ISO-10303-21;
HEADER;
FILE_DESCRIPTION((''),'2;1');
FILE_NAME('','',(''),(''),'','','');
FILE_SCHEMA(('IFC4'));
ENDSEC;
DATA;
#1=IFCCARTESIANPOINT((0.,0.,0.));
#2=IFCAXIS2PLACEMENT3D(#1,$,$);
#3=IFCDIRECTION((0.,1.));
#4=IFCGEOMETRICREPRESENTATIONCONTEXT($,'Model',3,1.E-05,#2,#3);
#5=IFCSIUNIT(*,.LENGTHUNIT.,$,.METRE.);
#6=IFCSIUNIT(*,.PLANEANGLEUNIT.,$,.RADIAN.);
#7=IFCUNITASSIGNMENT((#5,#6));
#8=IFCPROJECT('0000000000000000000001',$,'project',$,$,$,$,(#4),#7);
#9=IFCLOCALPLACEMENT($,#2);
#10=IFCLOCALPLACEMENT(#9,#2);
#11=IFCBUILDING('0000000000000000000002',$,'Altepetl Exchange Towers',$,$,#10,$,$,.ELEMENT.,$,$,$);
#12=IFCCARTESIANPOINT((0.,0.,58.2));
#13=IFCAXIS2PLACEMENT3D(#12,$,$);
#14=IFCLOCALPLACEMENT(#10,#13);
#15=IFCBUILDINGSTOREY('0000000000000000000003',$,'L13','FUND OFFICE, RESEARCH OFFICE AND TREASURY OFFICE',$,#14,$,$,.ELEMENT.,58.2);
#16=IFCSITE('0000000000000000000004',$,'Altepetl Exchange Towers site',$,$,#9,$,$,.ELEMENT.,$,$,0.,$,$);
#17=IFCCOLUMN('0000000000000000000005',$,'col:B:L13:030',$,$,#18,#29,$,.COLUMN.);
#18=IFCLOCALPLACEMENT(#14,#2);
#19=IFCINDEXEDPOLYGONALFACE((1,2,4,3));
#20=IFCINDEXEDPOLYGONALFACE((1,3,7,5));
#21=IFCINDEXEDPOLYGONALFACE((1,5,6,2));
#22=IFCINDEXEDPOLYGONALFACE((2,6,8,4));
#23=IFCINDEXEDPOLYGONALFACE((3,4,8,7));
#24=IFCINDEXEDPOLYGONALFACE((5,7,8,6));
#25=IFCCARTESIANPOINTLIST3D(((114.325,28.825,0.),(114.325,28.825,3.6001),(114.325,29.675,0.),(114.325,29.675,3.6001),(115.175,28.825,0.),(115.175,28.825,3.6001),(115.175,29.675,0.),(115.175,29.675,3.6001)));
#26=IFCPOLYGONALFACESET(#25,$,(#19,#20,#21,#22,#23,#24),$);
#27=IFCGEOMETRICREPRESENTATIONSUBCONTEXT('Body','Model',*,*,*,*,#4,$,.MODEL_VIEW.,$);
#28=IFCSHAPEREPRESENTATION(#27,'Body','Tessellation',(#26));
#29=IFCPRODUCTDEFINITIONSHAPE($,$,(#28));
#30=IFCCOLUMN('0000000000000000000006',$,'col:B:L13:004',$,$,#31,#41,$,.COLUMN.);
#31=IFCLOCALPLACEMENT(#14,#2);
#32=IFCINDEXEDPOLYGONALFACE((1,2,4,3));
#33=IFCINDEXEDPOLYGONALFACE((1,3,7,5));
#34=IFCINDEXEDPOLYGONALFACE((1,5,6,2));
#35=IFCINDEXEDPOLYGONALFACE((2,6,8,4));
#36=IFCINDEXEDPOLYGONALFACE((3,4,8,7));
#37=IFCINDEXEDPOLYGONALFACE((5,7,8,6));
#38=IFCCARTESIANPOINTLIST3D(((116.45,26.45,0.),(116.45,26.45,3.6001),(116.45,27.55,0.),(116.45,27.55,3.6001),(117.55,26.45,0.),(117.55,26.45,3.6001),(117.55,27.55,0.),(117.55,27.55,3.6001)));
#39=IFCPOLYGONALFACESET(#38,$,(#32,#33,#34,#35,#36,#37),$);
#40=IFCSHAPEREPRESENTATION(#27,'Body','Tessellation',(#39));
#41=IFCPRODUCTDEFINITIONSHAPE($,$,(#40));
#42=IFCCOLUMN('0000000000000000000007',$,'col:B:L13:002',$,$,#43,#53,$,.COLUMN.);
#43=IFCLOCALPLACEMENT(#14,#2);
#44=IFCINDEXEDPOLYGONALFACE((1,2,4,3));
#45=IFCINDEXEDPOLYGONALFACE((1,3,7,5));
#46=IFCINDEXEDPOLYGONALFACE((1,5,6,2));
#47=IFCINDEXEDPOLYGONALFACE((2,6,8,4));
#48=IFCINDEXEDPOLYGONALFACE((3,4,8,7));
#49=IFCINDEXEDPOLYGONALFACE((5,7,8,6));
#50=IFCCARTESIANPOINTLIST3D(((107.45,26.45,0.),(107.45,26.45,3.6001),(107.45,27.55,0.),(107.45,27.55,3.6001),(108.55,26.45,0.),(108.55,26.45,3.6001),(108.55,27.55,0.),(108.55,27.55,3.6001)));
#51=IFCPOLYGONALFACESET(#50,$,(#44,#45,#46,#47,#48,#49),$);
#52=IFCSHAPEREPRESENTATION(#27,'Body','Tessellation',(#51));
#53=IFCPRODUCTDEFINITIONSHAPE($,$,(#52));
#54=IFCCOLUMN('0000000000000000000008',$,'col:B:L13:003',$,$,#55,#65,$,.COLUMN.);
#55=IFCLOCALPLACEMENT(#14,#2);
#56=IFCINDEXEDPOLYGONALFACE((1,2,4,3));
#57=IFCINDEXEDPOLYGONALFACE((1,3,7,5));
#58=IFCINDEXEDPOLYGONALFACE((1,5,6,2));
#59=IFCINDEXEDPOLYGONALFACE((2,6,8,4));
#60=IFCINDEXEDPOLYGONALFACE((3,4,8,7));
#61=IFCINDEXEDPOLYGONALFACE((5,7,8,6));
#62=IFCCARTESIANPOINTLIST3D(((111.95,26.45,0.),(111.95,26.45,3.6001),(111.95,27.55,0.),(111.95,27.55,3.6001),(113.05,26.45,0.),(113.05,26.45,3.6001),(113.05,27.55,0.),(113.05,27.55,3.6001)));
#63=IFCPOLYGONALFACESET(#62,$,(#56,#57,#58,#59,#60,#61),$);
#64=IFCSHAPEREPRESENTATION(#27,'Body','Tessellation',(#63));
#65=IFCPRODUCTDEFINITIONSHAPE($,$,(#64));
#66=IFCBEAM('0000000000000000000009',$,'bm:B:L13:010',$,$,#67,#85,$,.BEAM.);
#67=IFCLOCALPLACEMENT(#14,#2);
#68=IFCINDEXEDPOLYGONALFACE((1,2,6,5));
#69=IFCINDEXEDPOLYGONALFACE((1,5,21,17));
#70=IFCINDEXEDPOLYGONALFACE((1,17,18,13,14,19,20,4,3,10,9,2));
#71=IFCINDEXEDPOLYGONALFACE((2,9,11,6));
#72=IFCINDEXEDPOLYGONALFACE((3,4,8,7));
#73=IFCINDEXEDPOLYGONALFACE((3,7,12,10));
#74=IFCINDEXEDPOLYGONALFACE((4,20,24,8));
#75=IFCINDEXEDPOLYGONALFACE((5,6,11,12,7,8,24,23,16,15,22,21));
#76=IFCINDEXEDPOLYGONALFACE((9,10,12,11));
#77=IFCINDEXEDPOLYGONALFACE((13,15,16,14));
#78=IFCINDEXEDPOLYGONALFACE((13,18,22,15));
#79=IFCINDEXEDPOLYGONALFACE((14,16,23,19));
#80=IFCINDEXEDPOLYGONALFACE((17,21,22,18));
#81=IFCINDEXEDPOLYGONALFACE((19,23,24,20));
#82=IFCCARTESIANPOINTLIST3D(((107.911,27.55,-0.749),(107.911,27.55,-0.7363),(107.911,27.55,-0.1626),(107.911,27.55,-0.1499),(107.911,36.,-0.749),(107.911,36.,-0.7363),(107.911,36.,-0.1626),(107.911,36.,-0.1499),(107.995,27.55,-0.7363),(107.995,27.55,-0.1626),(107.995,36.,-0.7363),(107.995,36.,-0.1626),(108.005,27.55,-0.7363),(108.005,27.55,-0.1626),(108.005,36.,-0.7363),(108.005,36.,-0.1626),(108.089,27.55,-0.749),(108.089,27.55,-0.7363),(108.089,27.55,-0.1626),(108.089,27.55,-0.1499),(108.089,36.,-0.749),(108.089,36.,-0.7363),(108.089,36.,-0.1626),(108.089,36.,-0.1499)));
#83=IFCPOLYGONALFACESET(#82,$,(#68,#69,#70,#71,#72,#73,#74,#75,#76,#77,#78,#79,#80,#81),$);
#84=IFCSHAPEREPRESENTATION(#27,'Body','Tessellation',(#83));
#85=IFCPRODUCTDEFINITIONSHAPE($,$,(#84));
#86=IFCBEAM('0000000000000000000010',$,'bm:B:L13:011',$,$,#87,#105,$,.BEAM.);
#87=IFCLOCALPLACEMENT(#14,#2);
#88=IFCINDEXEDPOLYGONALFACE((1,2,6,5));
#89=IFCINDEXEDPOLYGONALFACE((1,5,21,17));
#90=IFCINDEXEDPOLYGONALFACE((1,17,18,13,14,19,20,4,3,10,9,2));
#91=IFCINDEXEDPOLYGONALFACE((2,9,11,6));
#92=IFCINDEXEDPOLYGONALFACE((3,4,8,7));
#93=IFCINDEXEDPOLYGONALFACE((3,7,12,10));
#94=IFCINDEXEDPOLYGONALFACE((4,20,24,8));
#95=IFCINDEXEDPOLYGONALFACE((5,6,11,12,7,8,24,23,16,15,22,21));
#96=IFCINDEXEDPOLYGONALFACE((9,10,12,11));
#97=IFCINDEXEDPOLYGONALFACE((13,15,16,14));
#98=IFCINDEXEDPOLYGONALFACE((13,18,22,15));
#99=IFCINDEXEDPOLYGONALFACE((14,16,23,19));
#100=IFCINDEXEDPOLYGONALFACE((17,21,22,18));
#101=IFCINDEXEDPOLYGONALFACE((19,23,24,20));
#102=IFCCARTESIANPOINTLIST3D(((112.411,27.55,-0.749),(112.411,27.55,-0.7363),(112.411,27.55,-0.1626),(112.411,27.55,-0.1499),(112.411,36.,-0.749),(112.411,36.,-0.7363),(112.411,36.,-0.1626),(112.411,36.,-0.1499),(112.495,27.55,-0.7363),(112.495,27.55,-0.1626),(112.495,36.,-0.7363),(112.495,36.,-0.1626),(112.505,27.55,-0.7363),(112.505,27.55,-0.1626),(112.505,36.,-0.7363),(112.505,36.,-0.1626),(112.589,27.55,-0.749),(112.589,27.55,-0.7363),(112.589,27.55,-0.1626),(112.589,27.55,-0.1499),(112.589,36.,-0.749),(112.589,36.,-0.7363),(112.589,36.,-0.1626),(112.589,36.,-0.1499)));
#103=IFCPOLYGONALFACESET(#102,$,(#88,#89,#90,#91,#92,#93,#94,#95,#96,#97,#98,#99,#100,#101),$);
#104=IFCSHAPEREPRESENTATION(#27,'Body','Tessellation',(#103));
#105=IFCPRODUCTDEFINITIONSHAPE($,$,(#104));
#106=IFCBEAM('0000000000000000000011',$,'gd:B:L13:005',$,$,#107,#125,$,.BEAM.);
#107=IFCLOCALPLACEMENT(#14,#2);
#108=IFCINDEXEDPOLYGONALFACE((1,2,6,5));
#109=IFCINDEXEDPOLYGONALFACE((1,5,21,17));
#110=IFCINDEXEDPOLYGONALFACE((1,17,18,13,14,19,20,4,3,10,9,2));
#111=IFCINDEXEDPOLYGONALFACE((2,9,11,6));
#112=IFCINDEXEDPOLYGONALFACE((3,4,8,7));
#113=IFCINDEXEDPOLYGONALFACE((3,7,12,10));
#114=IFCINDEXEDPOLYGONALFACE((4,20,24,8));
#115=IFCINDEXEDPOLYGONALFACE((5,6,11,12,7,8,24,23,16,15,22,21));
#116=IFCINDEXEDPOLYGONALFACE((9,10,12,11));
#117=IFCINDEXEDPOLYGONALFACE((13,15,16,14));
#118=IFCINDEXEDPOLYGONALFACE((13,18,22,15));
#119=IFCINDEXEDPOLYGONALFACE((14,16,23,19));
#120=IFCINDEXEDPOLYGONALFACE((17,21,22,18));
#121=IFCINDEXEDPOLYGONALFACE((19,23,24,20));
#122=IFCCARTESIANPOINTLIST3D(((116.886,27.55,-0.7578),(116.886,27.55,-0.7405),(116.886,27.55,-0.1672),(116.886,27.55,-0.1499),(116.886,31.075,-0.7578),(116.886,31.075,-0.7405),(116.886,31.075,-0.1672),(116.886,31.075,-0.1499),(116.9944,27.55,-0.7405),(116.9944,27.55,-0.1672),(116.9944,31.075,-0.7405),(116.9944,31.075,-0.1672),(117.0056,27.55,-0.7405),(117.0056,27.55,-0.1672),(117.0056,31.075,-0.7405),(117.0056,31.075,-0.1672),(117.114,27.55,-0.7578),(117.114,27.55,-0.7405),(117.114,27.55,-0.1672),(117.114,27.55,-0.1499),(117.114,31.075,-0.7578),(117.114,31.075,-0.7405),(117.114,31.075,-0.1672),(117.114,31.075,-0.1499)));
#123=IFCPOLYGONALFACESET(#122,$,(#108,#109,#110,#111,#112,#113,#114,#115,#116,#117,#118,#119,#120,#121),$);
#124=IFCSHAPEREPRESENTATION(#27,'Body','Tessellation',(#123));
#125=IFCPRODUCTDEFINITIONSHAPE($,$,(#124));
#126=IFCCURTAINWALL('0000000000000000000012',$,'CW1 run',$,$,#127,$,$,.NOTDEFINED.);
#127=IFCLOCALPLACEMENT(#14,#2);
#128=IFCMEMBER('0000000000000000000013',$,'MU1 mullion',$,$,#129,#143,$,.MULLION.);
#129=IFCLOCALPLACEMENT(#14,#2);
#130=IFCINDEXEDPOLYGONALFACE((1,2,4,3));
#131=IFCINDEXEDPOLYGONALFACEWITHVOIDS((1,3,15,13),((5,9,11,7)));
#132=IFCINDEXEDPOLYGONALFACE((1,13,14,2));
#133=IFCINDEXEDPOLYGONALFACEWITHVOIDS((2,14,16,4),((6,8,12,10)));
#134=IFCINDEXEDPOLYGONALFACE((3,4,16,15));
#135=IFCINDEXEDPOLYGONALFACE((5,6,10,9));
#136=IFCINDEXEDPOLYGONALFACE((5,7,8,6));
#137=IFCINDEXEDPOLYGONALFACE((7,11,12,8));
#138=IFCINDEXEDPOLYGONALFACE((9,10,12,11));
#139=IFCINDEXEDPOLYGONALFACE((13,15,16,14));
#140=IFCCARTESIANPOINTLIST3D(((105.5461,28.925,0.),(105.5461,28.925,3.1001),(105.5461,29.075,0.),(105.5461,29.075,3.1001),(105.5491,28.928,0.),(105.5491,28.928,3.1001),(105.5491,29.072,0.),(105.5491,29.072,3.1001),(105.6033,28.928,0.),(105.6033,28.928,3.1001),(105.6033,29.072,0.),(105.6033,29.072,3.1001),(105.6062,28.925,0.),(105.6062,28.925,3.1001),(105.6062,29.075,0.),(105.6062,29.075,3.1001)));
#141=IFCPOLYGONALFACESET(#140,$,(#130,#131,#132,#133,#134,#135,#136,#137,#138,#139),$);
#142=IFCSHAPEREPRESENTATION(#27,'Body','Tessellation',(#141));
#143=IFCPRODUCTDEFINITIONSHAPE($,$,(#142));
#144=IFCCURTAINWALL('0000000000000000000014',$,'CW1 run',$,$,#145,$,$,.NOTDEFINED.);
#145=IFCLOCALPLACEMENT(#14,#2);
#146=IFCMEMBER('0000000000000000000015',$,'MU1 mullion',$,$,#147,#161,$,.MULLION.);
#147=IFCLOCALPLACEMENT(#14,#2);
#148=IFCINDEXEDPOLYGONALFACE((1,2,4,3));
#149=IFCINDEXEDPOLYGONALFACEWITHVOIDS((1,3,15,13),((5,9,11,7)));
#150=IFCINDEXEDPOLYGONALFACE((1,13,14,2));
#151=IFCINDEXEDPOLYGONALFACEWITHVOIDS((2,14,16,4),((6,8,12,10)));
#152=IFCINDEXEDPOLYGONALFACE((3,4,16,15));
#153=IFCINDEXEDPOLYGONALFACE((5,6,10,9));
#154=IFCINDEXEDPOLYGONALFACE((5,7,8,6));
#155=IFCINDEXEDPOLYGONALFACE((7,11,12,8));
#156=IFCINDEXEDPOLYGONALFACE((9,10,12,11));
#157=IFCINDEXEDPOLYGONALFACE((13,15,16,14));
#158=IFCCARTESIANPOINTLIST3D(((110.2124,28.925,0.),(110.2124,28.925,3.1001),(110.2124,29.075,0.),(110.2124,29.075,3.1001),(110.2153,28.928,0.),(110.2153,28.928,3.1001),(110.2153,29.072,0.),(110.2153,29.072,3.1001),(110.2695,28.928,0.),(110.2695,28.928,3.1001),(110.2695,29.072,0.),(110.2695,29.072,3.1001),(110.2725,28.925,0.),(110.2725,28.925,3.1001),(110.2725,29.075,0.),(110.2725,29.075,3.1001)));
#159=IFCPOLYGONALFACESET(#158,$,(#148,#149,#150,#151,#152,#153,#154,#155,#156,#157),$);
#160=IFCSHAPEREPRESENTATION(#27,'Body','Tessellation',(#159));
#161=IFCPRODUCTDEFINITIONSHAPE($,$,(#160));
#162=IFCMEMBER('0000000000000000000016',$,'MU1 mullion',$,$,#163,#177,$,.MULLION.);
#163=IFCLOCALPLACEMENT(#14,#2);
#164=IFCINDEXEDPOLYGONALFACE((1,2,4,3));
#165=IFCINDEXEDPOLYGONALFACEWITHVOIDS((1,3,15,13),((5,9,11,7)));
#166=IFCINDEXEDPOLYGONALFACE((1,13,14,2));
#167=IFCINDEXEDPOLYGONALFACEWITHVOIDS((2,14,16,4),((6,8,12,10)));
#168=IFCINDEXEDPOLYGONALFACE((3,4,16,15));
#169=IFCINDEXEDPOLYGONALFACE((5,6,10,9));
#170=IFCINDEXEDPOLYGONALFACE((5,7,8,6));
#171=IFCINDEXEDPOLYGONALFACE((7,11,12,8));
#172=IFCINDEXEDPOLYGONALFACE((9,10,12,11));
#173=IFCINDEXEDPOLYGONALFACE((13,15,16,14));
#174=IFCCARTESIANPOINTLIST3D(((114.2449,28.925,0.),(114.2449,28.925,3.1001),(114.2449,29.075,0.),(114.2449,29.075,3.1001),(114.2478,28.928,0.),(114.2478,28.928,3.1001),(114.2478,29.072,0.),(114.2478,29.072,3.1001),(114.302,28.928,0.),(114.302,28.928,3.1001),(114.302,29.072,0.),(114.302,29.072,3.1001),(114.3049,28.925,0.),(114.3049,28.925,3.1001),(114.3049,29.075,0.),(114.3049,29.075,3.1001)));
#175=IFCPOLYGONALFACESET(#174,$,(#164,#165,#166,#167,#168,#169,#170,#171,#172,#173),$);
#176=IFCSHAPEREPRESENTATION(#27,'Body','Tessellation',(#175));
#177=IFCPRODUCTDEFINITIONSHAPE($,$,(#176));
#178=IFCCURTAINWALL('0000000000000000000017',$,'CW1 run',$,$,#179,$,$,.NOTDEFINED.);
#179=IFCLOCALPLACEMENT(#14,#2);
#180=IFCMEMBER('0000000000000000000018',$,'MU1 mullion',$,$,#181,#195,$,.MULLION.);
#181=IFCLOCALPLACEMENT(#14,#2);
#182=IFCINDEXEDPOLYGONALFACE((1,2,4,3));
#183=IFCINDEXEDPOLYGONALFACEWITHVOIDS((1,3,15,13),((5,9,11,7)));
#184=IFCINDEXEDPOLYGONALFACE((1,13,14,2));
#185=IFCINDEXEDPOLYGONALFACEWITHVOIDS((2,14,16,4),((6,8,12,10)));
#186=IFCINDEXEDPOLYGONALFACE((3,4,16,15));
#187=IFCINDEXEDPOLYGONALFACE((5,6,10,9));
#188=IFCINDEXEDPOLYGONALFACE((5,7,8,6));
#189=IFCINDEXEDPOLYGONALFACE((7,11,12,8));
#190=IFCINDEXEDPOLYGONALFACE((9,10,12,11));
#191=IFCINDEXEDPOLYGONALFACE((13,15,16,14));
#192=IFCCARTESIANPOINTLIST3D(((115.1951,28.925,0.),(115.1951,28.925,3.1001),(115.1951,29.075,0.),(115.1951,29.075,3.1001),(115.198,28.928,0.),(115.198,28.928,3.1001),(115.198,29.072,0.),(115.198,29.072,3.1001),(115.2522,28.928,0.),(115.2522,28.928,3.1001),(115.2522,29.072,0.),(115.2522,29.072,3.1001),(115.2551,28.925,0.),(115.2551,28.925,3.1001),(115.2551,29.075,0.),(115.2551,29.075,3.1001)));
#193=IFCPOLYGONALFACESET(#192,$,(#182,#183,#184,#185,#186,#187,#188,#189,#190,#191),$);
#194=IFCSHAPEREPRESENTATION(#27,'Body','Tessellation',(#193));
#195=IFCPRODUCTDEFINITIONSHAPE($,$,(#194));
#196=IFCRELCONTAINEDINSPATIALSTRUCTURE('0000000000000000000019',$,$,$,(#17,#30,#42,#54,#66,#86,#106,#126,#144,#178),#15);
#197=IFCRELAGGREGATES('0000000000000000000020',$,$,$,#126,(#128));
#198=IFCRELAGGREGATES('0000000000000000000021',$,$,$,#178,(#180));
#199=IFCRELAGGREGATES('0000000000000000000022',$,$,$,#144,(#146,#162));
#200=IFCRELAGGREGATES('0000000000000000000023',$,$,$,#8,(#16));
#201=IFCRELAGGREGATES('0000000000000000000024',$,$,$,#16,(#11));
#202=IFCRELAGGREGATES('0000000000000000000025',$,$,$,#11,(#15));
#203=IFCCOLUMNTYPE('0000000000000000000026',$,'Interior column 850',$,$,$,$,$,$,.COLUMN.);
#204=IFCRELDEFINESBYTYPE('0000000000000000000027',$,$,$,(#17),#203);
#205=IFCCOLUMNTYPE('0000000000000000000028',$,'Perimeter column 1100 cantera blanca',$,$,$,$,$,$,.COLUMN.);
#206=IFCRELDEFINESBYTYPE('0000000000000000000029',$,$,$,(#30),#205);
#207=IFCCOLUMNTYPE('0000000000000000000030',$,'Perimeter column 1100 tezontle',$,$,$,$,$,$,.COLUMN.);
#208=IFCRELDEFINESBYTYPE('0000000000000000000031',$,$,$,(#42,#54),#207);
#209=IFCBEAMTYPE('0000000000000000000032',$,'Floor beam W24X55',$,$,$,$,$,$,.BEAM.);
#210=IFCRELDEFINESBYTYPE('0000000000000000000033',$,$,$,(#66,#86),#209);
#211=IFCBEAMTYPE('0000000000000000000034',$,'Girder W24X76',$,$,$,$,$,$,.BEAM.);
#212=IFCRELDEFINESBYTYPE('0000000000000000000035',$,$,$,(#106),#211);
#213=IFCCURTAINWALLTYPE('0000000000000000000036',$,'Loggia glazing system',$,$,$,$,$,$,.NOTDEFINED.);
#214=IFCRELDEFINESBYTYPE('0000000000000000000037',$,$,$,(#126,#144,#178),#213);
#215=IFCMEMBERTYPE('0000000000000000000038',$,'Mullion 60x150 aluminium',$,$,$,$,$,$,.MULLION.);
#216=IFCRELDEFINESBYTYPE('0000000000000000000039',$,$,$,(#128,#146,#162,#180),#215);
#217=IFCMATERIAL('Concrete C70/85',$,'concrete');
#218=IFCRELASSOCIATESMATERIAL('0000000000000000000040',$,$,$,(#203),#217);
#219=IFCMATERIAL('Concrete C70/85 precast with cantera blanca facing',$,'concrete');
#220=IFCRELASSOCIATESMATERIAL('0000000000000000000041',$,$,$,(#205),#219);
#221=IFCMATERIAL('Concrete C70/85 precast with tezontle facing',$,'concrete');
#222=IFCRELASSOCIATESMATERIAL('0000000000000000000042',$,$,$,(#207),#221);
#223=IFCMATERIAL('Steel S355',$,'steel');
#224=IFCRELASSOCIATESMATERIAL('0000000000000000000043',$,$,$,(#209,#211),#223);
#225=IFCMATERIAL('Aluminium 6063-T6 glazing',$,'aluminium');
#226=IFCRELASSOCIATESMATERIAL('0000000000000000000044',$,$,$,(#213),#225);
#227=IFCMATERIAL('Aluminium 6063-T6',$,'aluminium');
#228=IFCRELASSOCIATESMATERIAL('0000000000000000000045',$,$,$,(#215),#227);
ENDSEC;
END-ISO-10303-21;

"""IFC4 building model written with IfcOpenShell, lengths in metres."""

from ifc_helpers import new_model, si_unit, direction, frame, origin, origin_2d, place, context, subcontext, project, spatial, rectangle, hollow_rectangle, i_section, extrude, material, material_profile, profile_set, type_object, element, aggregate, save


model = new_model("IFC4")

# Units and contexts
model_context = context("Model", 3, precision=1e-05, world=origin(), true_north=direction((0.0, 1.0)))
body_context = subcontext(model_context, "Body", "Model", "MODEL_VIEW")
ifc_project = project(units=[si_unit("LENGTHUNIT", "METRE"), si_unit("PLANEANGLEUNIT", "RADIAN")], contexts=[model_context])

# Site, building, storey
site_placement = place(None, origin())
site = spatial("IfcSite", under=ifc_project, at=site_placement, Name="Altepetl Exchange Towers site", CompositionType="ELEMENT", RefElevation=0.0)
building_placement = place(site_placement, origin())
building = spatial("IfcBuilding", under=site, at=building_placement, Name="Altepetl Exchange Towers", CompositionType="ELEMENT")
storey_placement = place(building_placement, frame((0.0, 0.0, 58.2)))
storey = spatial("IfcBuildingStorey", under=building, at=storey_placement, Name="L13", Description="FUND OFFICE, RESEARCH OFFICE AND TREASURY OFFICE", CompositionType="ELEMENT", Elevation=58.2)

# Columns
ifc_material_1 = material(Name="Concrete C70/85", Category="concrete")
ifc_material_profile_1 = material_profile(ifc_material_1, rectangle(XDim=0.8501, YDim=0.8501, at=origin_2d()), Name="850 x 850")
ifc_profile_set_1 = profile_set([ifc_material_profile_1], Name="Concrete C70/85")
column_type_1 = type_object("IfcColumnType", Name="Interior column 850", PredefinedType="COLUMN", material=ifc_profile_set_1)
column_1_placement = place(storey_placement, frame((114.75, 29.25, 0.0)))
element("IfcColumn", 1, at=column_1_placement, inside=storey, type_object=column_type_1, Name="col:B:L13:030", PredefinedType="COLUMN", context=body_context, shape_type="SweptSolid", body=[
    extrude(rectangle(XDim=0.8501, YDim=0.8501, at=origin_2d()), origin(), (0.0, 0.0, 1.0), 3.6001),
])
ifc_material_2 = material(Name="Concrete C70/85 precast with cantera blanca facing", Category="concrete")
ifc_material_profile_2 = material_profile(ifc_material_2, rectangle(XDim=1.1001, YDim=1.1001, at=origin_2d()), Name="1100 x 1100")
ifc_profile_set_2 = profile_set([ifc_material_profile_2], Name="Concrete C70/85 precast with cantera blanca facing")
column_type_2 = type_object("IfcColumnType", Name="Perimeter column 1100 cantera blanca", PredefinedType="COLUMN", material=ifc_profile_set_2)
column_2_placement = place(storey_placement, frame((117.0, 27.0, 0.0)))
element("IfcColumn", 2, at=column_2_placement, inside=storey, type_object=column_type_2, Name="col:B:L13:004", PredefinedType="COLUMN", context=body_context, shape_type="SweptSolid", body=[
    extrude(rectangle(XDim=1.1001, YDim=1.1001, at=origin_2d()), origin(), (0.0, 0.0, 1.0), 3.6001),
])
ifc_material_3 = material(Name="Concrete C70/85 precast with tezontle facing", Category="concrete")
ifc_material_profile_3 = material_profile(ifc_material_3, rectangle(XDim=1.1001, YDim=1.1001, at=origin_2d()), Name="1100 x 1100")
ifc_profile_set_3 = profile_set([ifc_material_profile_3], Name="Concrete C70/85 precast with tezontle facing")
column_type_3 = type_object("IfcColumnType", Name="Perimeter column 1100 tezontle", PredefinedType="COLUMN", material=ifc_profile_set_3)
for number, where, name in (
    (3, (108.0, 27.0, 0.0), "col:B:L13:002"),
    (4, (112.5, 27.0, 0.0), "col:B:L13:003"),
):
    element("IfcColumn", number, at=place(storey_placement, frame(where)), inside=storey, type_object=column_type_3, Name=name, PredefinedType="COLUMN", context=body_context, shape_type="SweptSolid", body=[
        extrude(rectangle(XDim=1.1001, YDim=1.1001, at=origin_2d()), origin(), (0.0, 0.0, 1.0), 3.6001),
    ])

# Beams
ifc_material_4 = material(Name="Steel S355", Category="steel")
ifc_material_profile_4 = material_profile(ifc_material_4, i_section(OverallWidth=0.178, OverallDepth=0.5991, WebThickness=0.01, FlangeThickness=0.0127, at=origin_2d()), Name="W24X55")
ifc_profile_set_4 = profile_set([ifc_material_profile_4], Name="Steel S355")
beam_type_1 = type_object("IfcBeamType", Name="Floor beam W24X55", PredefinedType="BEAM", material=ifc_profile_set_4)
for number, where, z_axis, x_axis, name in (
    (5, (108.0, 27.55, -0.4495), (0.0, 1.0, 0.0), (-1.0, 0.0, 0.0), "bm:B:L13:010"),
    (6, (112.5, 27.55, -0.4495), (0.0, 1.0, 0.0), (-1.0, 0.0, 0.0), "bm:B:L13:011"),
):
    element("IfcBeam", number, at=place(storey_placement, frame(where, z_axis=z_axis, x_axis=x_axis)), inside=storey, type_object=beam_type_1, Name=name, PredefinedType="BEAM", context=body_context, shape_type="SweptSolid", body=[
        extrude(i_section(OverallWidth=0.178, OverallDepth=0.5991, WebThickness=0.01, FlangeThickness=0.0127, at=origin_2d()), origin(), (0.0, 0.0, 1.0), 8.45),
    ])
ifc_material_profile_5 = material_profile(ifc_material_4, i_section(OverallWidth=0.228, OverallDepth=0.6079, WebThickness=0.0112, FlangeThickness=0.0173, at=origin_2d()), Name="W24X76")
ifc_profile_set_5 = profile_set([ifc_material_profile_5], Name="Steel S355")
beam_type_2 = type_object("IfcBeamType", Name="Girder W24X76", PredefinedType="BEAM", material=ifc_profile_set_5)
beam_placement = place(storey_placement, frame((117.0, 31.075, -0.4539), z_axis=(0.0, -1.0, 0.0), x_axis=(1.0, 0.0, 0.0)))
element("IfcBeam", 7, at=beam_placement, inside=storey, type_object=beam_type_2, Name="gd:B:L13:005", PredefinedType="BEAM", context=body_context, shape_type="SweptSolid", body=[
    extrude(i_section(OverallWidth=0.228, OverallDepth=0.6079, WebThickness=0.0112, FlangeThickness=0.0173, at=origin_2d()), origin(), (0.0, 0.0, 1.0), 3.5249),
])

# Curtain wall, member
ifc_material_5 = material(Name="Aluminium 6063-T6 glazing", Category="aluminium")
curtain_wall_type = type_object("IfcCurtainWallType", Name="Loggia glazing system", PredefinedType="NOTDEFINED", material=ifc_material_5)
curtain_wall_1_placement = place(storey_placement, origin())
curtain_wall_1 = element("IfcCurtainWall", 8, at=curtain_wall_1_placement, inside=storey, type_object=curtain_wall_type, Name="CW1 run", PredefinedType="NOTDEFINED")
ifc_material_6 = material(Name="Aluminium 6063-T6", Category="aluminium")
ifc_material_profile_6 = material_profile(ifc_material_6, hollow_rectangle(XDim=0.0601, YDim=0.1499, WallThickness=0.0029, at=origin_2d()), Name="Mullion 60x150 aluminium")
ifc_profile_set_6 = profile_set([ifc_material_profile_6], Name="Aluminium 6063-T6")
member_type = type_object("IfcMemberType", Name="Mullion 60x150 aluminium", PredefinedType="MULLION", material=ifc_profile_set_6)
member_1_placement = place(storey_placement, frame((105.5762, 29.0, 0.0)))
member_1 = element("IfcMember", 9, at=member_1_placement, type_object=member_type, Name="MU1 mullion", PredefinedType="MULLION", context=body_context, shape_type="SweptSolid", body=[
    extrude(hollow_rectangle(XDim=0.0601, YDim=0.1499, WallThickness=0.0029, at=origin_2d()), origin(), (0.0, 0.0, 1.0), 3.1001),
])
aggregate(curtain_wall_1, [member_1])

# Curtain wall, members
curtain_wall_2_placement = place(storey_placement, origin())
curtain_wall_2 = element("IfcCurtainWall", 10, at=curtain_wall_2_placement, inside=storey, type_object=curtain_wall_type, Name="CW1 run", PredefinedType="NOTDEFINED")
member_2_placement = place(storey_placement, frame((110.2424, 29.0, 0.0)))
member_2 = element("IfcMember", 11, at=member_2_placement, type_object=member_type, Name="MU1 mullion", PredefinedType="MULLION", context=body_context, shape_type="SweptSolid", body=[
    extrude(hollow_rectangle(XDim=0.0601, YDim=0.1499, WallThickness=0.0029, at=origin_2d()), origin(), (0.0, 0.0, 1.0), 3.1001),
])
member_3_placement = place(storey_placement, frame((114.2749, 29.0, 0.0)))
member_3 = element("IfcMember", 12, at=member_3_placement, type_object=member_type, Name="MU1 mullion", PredefinedType="MULLION", context=body_context, shape_type="SweptSolid", body=[
    extrude(hollow_rectangle(XDim=0.0601, YDim=0.1499, WallThickness=0.0029, at=origin_2d()), origin(), (0.0, 0.0, 1.0), 3.1001),
])

# Curtain wall, member
curtain_wall_3_placement = place(storey_placement, origin())
curtain_wall_3 = element("IfcCurtainWall", 13, at=curtain_wall_3_placement, inside=storey, type_object=curtain_wall_type, Name="CW1 run", PredefinedType="NOTDEFINED")
member_4_placement = place(storey_placement, frame((115.2251, 29.0, 0.0)))
member_4 = element("IfcMember", 14, at=member_4_placement, type_object=member_type, Name="MU1 mullion", PredefinedType="MULLION", context=body_context, shape_type="SweptSolid", body=[
    extrude(hollow_rectangle(XDim=0.0601, YDim=0.1499, WallThickness=0.0029, at=origin_2d()), origin(), (0.0, 0.0, 1.0), 3.1001),
])
aggregate(curtain_wall_3, [member_4])

aggregate(curtain_wall_2, [member_2, member_3])

save(model, "model.ifc")
